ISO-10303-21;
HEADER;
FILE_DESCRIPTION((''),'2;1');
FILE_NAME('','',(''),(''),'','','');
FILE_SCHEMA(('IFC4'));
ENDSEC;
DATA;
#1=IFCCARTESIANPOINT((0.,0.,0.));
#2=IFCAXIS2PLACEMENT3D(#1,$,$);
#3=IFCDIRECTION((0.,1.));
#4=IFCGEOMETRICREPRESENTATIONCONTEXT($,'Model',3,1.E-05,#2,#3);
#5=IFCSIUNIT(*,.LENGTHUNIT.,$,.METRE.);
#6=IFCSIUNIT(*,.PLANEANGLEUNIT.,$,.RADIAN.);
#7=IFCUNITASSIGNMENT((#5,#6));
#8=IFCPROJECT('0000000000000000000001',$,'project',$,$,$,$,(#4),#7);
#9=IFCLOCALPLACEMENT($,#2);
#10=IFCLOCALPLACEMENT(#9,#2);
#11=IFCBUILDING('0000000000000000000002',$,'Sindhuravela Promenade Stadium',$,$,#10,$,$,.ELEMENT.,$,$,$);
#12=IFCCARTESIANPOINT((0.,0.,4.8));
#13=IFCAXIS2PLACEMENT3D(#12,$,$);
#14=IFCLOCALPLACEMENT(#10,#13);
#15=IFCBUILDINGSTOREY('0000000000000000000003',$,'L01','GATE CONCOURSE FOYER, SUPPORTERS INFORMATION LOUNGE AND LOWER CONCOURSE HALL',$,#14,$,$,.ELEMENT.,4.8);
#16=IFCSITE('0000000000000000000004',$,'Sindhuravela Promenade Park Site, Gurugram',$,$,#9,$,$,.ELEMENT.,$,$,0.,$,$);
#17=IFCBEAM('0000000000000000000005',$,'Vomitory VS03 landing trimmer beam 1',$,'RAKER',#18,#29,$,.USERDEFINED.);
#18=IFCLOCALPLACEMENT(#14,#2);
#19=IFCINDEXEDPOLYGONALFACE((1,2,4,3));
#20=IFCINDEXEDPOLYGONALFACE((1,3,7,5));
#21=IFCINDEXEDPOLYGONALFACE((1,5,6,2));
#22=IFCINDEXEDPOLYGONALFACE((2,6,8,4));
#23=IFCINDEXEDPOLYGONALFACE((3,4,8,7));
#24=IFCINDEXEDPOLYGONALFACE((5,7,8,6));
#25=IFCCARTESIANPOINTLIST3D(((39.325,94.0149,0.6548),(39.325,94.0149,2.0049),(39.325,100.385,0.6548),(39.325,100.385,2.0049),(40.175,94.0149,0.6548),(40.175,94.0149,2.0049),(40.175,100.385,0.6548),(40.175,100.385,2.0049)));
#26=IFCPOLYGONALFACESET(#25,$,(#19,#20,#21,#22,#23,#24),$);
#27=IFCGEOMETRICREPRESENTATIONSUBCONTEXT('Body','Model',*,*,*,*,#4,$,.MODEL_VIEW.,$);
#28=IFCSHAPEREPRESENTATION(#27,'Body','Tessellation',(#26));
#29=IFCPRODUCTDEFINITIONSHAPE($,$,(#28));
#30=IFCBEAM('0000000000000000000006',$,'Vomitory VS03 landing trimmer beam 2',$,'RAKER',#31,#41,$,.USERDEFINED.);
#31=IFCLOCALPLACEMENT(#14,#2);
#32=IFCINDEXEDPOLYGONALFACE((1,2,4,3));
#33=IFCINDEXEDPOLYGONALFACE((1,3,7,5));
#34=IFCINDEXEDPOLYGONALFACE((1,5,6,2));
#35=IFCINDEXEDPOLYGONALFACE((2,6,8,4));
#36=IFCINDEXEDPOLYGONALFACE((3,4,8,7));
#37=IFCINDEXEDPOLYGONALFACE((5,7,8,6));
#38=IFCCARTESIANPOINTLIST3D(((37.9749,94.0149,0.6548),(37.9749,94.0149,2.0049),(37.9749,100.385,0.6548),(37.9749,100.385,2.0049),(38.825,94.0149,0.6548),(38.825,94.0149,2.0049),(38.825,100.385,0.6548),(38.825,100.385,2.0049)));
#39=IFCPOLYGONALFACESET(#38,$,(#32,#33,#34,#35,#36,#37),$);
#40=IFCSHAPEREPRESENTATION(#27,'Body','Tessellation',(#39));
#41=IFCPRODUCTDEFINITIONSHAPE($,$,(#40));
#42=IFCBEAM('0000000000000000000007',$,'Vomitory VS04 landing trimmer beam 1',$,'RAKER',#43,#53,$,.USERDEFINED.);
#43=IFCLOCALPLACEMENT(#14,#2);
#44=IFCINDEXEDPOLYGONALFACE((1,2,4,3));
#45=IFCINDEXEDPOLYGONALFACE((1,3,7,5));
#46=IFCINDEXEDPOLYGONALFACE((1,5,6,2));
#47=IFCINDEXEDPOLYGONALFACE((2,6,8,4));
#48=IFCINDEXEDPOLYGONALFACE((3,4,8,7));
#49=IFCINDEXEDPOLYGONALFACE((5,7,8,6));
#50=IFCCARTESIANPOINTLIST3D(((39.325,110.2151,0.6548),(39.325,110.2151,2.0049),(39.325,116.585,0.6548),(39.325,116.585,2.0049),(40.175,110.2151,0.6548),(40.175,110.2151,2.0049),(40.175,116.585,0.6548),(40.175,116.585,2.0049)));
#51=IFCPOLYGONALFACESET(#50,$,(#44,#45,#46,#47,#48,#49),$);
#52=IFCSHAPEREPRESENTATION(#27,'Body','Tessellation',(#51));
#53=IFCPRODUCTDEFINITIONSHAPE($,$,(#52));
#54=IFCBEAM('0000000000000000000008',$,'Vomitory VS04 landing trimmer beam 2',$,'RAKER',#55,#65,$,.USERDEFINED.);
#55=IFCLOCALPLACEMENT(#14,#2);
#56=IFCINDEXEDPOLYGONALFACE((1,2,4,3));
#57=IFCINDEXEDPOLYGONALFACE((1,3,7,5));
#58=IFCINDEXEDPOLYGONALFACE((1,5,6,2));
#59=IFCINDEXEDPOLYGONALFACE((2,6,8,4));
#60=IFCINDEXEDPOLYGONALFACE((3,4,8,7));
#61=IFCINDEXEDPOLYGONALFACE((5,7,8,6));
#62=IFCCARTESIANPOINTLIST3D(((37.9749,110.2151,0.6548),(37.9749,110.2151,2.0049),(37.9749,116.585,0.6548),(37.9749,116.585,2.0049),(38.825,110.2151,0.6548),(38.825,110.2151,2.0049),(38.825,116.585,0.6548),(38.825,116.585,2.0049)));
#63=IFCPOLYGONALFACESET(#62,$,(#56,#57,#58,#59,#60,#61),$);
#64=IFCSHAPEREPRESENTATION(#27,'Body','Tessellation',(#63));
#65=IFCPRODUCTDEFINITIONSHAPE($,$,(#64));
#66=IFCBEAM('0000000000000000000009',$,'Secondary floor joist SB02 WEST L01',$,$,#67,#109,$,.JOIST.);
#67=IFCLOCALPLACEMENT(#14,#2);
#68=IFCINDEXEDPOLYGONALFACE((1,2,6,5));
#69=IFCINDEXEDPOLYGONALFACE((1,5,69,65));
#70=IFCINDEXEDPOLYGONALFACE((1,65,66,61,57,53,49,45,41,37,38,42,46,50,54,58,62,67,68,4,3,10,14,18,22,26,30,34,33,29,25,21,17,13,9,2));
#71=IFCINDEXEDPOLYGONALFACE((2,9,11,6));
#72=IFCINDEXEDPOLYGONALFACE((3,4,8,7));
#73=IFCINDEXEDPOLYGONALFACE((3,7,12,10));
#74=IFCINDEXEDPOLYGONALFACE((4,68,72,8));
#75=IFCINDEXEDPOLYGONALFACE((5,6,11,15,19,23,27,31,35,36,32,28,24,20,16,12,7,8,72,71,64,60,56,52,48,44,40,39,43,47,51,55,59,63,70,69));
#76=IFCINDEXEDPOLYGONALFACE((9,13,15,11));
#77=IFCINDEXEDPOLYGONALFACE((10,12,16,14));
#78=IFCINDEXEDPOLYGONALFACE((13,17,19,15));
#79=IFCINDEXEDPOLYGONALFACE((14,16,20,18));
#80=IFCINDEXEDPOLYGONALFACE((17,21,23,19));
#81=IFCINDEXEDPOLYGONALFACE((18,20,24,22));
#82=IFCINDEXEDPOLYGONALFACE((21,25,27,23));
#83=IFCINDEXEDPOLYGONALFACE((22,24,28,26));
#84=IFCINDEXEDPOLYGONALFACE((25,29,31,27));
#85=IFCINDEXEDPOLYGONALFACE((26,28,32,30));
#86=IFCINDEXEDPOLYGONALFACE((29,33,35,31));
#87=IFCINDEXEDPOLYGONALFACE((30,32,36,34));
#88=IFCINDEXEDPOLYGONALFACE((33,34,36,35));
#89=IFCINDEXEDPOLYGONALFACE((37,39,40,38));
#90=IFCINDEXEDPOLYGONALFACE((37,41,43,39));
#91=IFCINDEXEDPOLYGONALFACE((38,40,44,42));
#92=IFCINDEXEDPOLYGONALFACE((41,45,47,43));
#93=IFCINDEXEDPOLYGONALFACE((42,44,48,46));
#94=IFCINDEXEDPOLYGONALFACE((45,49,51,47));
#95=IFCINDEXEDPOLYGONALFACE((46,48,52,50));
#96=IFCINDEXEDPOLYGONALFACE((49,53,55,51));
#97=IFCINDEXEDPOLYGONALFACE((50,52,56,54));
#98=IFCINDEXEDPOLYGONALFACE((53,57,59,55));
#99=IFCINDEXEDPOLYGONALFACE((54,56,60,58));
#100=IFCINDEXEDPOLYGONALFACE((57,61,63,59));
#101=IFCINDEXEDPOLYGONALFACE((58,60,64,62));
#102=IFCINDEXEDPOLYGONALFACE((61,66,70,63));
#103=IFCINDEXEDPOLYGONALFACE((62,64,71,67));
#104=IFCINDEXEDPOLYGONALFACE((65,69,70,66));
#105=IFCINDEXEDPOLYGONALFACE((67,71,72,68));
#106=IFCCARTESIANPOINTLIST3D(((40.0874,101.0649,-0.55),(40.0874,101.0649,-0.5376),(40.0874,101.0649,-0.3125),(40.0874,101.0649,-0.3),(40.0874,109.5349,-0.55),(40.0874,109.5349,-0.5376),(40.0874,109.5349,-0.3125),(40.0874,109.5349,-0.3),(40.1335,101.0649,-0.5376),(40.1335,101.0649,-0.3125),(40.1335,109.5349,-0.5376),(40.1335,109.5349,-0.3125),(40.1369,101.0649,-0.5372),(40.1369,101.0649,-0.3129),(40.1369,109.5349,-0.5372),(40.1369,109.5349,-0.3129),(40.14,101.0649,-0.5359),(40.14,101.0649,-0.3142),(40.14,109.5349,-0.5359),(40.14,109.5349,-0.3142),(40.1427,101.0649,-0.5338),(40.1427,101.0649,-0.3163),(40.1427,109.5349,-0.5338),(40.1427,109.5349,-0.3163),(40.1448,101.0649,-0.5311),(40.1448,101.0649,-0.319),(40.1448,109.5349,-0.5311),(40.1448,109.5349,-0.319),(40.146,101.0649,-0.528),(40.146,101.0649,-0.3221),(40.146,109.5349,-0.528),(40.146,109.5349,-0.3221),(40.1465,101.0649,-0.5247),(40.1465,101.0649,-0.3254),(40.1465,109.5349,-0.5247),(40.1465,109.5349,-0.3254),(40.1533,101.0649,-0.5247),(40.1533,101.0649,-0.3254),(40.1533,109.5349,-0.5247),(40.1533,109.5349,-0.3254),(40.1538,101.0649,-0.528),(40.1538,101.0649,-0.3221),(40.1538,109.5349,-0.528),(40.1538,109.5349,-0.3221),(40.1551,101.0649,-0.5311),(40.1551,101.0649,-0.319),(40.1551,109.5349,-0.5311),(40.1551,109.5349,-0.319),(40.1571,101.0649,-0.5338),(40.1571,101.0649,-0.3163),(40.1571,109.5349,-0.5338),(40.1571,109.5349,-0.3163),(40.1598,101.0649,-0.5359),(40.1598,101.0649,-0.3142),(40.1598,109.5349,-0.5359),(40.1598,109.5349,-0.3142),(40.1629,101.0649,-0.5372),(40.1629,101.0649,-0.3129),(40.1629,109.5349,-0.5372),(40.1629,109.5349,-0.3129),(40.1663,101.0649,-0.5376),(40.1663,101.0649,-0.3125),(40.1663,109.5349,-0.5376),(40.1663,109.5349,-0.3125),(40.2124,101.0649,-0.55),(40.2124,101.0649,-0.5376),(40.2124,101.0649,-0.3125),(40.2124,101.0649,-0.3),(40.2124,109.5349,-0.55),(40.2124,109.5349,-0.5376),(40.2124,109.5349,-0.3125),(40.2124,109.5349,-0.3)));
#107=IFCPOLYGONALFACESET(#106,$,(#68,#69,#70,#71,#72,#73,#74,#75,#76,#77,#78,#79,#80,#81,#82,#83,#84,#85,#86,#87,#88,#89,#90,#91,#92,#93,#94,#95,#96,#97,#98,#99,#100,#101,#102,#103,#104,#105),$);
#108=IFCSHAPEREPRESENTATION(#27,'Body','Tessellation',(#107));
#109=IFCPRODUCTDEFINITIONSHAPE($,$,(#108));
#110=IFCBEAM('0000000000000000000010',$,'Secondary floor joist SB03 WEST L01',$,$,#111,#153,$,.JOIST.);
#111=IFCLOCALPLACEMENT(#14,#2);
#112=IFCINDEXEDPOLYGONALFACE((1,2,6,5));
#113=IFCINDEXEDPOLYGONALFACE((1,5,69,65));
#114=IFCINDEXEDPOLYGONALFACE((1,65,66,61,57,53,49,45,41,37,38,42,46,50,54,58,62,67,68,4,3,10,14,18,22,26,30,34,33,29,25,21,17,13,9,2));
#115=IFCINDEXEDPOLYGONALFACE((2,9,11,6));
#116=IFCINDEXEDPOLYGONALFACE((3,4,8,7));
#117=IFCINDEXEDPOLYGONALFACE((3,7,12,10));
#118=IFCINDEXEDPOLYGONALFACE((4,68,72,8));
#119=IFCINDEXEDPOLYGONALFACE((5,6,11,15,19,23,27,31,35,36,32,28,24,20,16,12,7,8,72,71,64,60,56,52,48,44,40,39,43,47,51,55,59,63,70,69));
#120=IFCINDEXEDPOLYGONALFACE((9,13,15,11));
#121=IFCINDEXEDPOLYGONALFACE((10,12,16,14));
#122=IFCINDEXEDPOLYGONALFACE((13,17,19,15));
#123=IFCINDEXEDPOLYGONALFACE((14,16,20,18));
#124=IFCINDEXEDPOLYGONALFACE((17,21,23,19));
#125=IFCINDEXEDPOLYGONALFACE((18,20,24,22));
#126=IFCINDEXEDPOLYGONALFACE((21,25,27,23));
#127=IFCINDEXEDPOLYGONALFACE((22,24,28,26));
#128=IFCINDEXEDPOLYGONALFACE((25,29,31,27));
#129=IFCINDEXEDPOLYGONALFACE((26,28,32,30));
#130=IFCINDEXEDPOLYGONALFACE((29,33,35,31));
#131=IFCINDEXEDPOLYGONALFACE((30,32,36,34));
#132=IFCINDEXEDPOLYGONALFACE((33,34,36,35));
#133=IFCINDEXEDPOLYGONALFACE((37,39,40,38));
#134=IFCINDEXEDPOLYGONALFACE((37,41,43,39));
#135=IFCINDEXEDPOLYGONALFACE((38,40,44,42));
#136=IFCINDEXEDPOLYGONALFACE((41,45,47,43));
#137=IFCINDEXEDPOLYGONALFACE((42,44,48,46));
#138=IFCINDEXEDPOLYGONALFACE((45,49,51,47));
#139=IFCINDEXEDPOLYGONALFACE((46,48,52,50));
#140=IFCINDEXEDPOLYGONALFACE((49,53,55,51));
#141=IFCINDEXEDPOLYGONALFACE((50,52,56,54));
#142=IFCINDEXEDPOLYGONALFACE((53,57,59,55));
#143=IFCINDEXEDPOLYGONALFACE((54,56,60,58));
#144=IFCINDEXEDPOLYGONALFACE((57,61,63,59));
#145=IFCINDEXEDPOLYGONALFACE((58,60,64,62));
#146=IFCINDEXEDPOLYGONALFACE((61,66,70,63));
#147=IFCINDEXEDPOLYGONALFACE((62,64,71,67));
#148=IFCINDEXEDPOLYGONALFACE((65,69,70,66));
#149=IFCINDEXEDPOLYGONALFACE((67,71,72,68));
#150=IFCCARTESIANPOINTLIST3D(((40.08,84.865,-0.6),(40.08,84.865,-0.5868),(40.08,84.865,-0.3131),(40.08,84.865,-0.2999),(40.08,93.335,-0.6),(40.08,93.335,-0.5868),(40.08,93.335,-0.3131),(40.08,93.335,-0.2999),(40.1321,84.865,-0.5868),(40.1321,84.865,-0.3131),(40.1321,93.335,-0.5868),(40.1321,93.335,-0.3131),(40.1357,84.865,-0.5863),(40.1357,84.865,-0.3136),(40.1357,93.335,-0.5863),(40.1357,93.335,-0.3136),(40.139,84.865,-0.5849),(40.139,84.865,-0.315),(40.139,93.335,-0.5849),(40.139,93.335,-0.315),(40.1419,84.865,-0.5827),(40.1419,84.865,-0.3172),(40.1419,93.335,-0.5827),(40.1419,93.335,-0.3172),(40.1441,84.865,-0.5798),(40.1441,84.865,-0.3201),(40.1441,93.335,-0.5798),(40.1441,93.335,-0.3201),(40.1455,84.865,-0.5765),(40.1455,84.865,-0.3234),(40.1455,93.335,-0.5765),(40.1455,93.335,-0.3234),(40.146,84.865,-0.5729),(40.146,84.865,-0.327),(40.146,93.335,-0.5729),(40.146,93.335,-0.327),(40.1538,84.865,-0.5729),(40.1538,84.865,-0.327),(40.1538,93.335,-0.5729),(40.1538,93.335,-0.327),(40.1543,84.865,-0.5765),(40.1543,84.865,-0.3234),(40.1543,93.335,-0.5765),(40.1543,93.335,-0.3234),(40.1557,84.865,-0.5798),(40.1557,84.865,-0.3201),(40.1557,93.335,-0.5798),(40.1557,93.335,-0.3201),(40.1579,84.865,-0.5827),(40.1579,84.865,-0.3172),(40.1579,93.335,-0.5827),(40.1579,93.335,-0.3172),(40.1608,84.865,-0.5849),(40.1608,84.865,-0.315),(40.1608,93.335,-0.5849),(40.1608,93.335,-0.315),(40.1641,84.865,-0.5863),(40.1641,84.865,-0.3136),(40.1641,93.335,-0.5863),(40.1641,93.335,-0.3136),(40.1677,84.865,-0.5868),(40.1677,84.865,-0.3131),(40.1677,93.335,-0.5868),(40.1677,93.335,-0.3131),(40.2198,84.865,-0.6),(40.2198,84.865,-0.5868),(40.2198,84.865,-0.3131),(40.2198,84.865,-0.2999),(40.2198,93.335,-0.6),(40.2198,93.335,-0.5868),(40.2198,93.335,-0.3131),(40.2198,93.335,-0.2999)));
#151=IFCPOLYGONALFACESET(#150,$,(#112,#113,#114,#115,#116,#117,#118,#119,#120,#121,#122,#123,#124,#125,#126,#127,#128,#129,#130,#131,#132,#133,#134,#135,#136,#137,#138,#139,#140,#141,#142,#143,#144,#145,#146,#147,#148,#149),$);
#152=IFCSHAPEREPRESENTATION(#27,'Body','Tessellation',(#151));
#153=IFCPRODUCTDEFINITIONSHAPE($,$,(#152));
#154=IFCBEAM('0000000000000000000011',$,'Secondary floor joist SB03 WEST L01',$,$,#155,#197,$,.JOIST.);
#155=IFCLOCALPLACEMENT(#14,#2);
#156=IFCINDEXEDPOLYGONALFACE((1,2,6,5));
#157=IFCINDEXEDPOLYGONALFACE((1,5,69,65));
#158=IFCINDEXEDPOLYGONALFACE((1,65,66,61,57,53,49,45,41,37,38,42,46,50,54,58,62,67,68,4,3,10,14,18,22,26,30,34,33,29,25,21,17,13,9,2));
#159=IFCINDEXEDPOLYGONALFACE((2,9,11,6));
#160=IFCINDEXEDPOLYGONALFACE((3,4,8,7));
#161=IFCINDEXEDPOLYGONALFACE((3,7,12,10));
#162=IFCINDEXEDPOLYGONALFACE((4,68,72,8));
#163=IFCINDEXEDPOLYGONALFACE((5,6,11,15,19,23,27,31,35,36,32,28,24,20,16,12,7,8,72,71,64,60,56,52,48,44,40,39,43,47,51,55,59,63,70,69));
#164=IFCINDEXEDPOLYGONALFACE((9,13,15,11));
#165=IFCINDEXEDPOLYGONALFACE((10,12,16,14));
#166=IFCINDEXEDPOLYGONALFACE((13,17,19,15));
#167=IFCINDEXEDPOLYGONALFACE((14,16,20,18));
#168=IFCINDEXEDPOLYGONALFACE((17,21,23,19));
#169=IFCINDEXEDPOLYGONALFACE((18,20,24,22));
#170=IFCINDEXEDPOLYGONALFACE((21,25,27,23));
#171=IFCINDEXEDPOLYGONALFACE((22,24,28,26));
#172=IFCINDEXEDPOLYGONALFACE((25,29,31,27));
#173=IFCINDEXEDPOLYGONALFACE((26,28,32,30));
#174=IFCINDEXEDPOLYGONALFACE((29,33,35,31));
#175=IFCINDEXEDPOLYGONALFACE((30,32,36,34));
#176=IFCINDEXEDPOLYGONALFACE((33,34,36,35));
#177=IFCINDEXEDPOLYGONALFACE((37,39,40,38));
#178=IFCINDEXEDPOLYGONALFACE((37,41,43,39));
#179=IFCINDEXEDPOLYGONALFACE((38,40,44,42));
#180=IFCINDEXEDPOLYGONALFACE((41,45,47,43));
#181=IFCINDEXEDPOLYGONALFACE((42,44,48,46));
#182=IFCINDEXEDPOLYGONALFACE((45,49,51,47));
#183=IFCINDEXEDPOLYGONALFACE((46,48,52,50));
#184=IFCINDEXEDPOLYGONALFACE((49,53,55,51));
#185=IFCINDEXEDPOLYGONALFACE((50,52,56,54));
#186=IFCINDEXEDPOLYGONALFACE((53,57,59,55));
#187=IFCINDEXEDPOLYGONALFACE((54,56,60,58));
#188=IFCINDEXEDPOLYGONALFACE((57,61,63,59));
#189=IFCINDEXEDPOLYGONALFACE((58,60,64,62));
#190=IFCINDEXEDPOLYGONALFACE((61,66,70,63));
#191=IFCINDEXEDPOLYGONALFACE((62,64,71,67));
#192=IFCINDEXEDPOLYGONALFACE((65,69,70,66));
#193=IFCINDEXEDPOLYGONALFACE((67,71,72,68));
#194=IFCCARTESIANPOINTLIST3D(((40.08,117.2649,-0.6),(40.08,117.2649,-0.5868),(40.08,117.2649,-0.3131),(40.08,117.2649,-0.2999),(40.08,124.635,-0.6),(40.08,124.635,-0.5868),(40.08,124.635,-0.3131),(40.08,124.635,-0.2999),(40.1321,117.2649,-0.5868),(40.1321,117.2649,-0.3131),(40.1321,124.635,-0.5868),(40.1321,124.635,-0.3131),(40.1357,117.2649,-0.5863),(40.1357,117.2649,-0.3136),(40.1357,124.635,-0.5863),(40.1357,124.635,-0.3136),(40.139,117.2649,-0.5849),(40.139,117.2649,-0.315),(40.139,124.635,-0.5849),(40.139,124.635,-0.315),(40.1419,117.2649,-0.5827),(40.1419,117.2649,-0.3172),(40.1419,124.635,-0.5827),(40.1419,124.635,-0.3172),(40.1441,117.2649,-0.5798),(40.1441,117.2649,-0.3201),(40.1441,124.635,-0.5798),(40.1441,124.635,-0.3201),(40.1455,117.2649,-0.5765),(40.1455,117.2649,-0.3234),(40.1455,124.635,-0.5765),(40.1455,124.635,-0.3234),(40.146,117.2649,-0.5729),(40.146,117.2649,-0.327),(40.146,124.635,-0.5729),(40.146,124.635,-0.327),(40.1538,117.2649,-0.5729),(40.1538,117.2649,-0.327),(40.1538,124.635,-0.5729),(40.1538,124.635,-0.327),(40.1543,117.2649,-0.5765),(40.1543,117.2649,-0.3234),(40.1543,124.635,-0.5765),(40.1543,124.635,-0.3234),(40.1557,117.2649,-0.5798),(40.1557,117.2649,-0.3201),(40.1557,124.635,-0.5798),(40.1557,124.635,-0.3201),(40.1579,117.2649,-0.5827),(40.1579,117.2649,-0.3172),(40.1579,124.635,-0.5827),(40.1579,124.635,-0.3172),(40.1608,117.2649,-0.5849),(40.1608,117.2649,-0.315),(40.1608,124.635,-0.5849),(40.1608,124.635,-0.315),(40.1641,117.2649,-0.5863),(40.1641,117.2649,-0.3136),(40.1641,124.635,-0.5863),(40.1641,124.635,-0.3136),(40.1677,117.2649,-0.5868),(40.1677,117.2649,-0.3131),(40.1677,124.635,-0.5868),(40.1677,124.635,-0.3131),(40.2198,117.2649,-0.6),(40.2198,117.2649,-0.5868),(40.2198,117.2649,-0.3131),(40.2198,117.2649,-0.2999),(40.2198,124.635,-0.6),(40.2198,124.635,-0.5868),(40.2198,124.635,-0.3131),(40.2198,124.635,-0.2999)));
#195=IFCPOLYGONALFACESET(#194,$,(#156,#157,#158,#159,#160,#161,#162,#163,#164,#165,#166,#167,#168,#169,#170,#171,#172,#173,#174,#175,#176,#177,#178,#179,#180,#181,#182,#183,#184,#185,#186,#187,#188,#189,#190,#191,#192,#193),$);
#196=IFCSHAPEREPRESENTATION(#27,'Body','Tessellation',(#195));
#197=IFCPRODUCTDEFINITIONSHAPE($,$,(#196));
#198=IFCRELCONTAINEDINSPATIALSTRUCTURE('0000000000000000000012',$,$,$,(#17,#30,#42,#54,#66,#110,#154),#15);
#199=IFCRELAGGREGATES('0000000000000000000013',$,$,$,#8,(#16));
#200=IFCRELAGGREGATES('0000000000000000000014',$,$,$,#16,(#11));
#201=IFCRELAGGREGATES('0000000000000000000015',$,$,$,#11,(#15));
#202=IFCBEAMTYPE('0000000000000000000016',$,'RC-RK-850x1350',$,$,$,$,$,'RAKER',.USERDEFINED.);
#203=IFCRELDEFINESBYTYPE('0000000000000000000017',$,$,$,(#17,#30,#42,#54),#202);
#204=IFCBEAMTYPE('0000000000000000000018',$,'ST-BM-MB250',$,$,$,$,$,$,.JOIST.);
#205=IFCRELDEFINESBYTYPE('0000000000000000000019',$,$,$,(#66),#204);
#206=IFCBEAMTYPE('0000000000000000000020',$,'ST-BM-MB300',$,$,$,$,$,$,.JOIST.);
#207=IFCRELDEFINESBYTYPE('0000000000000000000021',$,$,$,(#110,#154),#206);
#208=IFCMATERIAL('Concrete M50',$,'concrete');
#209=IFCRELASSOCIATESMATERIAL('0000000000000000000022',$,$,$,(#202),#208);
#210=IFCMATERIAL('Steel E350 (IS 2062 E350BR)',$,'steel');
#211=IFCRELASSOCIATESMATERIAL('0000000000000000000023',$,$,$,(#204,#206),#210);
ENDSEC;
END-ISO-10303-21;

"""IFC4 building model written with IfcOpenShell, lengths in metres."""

from ifc_helpers import new_model, si_unit, direction, frame, origin, origin_2d, place, context, subcontext, project, spatial, rectangle, i_section, extrude, material, material_profile, profile_set, type_object, element, save


model = new_model("IFC4")

# Units and contexts
model_context = context("Model", 3, precision=1e-05, world=origin(), true_north=direction((0.0, 1.0)))
body_context = subcontext(model_context, "Body", "Model", "MODEL_VIEW")
ifc_project = project(units=[si_unit("LENGTHUNIT", "METRE"), si_unit("PLANEANGLEUNIT", "RADIAN")], contexts=[model_context])

# Site, building, storey
site_placement = place(None, origin())
site = spatial("IfcSite", under=ifc_project, at=site_placement, Name="Sindhuravela Promenade Park Site, Gurugram", CompositionType="ELEMENT", RefElevation=0.0)
building_placement = place(site_placement, origin())
building = spatial("IfcBuilding", under=site, at=building_placement, Name="Sindhuravela Promenade Stadium", CompositionType="ELEMENT")
storey_placement = place(building_placement, frame((0.0, 0.0, 4.8)))
storey = spatial("IfcBuildingStorey", under=building, at=storey_placement, Name="L01", Description="GATE CONCOURSE FOYER, SUPPORTERS INFORMATION LOUNGE AND LOWER CONCOURSE HALL", CompositionType="ELEMENT", Elevation=4.8)

# Shared definitions
ifc_material_1 = material(Name="Concrete M50", Category="concrete")

# Beams
ifc_material_profile_1 = material_profile(ifc_material_1, rectangle(XDim=0.8501, YDim=1.3501, at=origin_2d()), Name="RC 850x1350")
ifc_profile_set_1 = profile_set([ifc_material_profile_1], Name="Concrete M50")
beam_type_1 = type_object("IfcBeamType", Name="RC-RK-850x1350", ElementType="RAKER", PredefinedType="USERDEFINED", material=ifc_profile_set_1)
for number, where, z_axis, x_axis, name in (
    (1, (39.75, 94.0149, 1.3298), (0.0, 1.0, 0.0), (-1.0, 0.0, 0.0), "Vomitory VS03 landing trimmer beam 1"),
    (2, (38.3999, 94.0149, 1.3298), (0.0, 1.0, 0.0), (-1.0, 0.0, 0.0), "Vomitory VS03 landing trimmer beam 2"),
):
    element("IfcBeam", number, at=place(storey_placement, frame(where, z_axis=z_axis, x_axis=x_axis)), inside=storey, type_object=beam_type_1, Name=name, ObjectType="RAKER", PredefinedType="USERDEFINED", context=body_context, shape_type="SweptSolid", body=[
        extrude(rectangle(XDim=0.8501, YDim=1.3501, at=origin_2d()), origin(), (0.0, 0.0, 1.0), 6.3701),
    ])
for number, where, z_axis, x_axis, name in (
    (3, (39.75, 110.2151, 1.3298), (0.0, 1.0, 0.0), (-1.0, 0.0, 0.0), "Vomitory VS04 landing trimmer beam 1"),
    (4, (38.3999, 110.2151, 1.3298), (0.0, 1.0, 0.0), (-1.0, 0.0, 0.0), "Vomitory VS04 landing trimmer beam 2"),
):
    element("IfcBeam", number, at=place(storey_placement, frame(where, z_axis=z_axis, x_axis=x_axis)), inside=storey, type_object=beam_type_1, Name=name, ObjectType="RAKER", PredefinedType="USERDEFINED", context=body_context, shape_type="SweptSolid", body=[
        extrude(rectangle(XDim=0.8501, YDim=1.3501, at=origin_2d()), origin(), (0.0, 0.0, 1.0), 6.3699),
    ])
ifc_material_2 = material(Name="Steel E350 (IS 2062 E350BR)", Category="steel")
ifc_material_profile_2 = material_profile(ifc_material_2, i_section(OverallWidth=0.125, OverallDepth=0.25, WebThickness=0.0068, FlangeThickness=0.0125, FilletRadius=0.0129, at=origin_2d()), Name="ISMB 250")
ifc_profile_set_2 = profile_set([ifc_material_profile_2], Name="Steel E350 (IS 2062 E350BR)")
beam_type_2 = type_object("IfcBeamType", Name="ST-BM-MB250", PredefinedType="JOIST", material=ifc_profile_set_2)
beam_1_placement = place(storey_placement, frame((40.1499, 101.0649, -0.425), z_axis=(0.0, 1.0, 0.0), x_axis=(-1.0, 0.0, 0.0)))
element("IfcBeam", 5, at=beam_1_placement, inside=storey, type_object=beam_type_2, Name="Secondary floor joist SB02 WEST L01", PredefinedType="JOIST", context=body_context, shape_type="SweptSolid", body=[
    extrude(i_section(OverallWidth=0.125, OverallDepth=0.25, WebThickness=0.0068, FlangeThickness=0.0125, FilletRadius=0.0129, at=origin_2d()), origin(), (0.0, 0.0, 1.0), 8.47),
])
ifc_material_profile_3 = material_profile(ifc_material_2, i_section(OverallWidth=0.1399, OverallDepth=0.3, WebThickness=0.0078, FlangeThickness=0.0132, FilletRadius=0.0139, at=origin_2d()), Name="ISMB 300")
ifc_profile_set_3 = profile_set([ifc_material_profile_3], Name="Steel E350 (IS 2062 E350BR)")
beam_type_3 = type_object("IfcBeamType", Name="ST-BM-MB300", PredefinedType="JOIST", material=ifc_profile_set_3)
beam_2_placement = place(storey_placement, frame((40.1499, 84.865, -0.45), z_axis=(0.0, 1.0, 0.0), x_axis=(-1.0, 0.0, 0.0)))
element("IfcBeam", 6, at=beam_2_placement, inside=storey, type_object=beam_type_3, Name="Secondary floor joist SB03 WEST L01", PredefinedType="JOIST", context=body_context, shape_type="SweptSolid", body=[
    extrude(i_section(OverallWidth=0.1399, OverallDepth=0.3, WebThickness=0.0078, FlangeThickness=0.0132, FilletRadius=0.0139, at=origin_2d()), origin(), (0.0, 0.0, 1.0), 8.47),
])
beam_3_placement = place(storey_placement, frame((40.1499, 117.2649, -0.45), z_axis=(0.0, 1.0, 0.0), x_axis=(-1.0, 0.0, 0.0)))
element("IfcBeam", 7, at=beam_3_placement, inside=storey, type_object=beam_type_3, Name="Secondary floor joist SB03 WEST L01", PredefinedType="JOIST", context=body_context, shape_type="SweptSolid", body=[
    extrude(i_section(OverallWidth=0.1399, OverallDepth=0.3, WebThickness=0.0078, FlangeThickness=0.0132, FilletRadius=0.0139, at=origin_2d()), origin(), (0.0, 0.0, 1.0), 7.3701),
])

save(model, "model.ifc")
